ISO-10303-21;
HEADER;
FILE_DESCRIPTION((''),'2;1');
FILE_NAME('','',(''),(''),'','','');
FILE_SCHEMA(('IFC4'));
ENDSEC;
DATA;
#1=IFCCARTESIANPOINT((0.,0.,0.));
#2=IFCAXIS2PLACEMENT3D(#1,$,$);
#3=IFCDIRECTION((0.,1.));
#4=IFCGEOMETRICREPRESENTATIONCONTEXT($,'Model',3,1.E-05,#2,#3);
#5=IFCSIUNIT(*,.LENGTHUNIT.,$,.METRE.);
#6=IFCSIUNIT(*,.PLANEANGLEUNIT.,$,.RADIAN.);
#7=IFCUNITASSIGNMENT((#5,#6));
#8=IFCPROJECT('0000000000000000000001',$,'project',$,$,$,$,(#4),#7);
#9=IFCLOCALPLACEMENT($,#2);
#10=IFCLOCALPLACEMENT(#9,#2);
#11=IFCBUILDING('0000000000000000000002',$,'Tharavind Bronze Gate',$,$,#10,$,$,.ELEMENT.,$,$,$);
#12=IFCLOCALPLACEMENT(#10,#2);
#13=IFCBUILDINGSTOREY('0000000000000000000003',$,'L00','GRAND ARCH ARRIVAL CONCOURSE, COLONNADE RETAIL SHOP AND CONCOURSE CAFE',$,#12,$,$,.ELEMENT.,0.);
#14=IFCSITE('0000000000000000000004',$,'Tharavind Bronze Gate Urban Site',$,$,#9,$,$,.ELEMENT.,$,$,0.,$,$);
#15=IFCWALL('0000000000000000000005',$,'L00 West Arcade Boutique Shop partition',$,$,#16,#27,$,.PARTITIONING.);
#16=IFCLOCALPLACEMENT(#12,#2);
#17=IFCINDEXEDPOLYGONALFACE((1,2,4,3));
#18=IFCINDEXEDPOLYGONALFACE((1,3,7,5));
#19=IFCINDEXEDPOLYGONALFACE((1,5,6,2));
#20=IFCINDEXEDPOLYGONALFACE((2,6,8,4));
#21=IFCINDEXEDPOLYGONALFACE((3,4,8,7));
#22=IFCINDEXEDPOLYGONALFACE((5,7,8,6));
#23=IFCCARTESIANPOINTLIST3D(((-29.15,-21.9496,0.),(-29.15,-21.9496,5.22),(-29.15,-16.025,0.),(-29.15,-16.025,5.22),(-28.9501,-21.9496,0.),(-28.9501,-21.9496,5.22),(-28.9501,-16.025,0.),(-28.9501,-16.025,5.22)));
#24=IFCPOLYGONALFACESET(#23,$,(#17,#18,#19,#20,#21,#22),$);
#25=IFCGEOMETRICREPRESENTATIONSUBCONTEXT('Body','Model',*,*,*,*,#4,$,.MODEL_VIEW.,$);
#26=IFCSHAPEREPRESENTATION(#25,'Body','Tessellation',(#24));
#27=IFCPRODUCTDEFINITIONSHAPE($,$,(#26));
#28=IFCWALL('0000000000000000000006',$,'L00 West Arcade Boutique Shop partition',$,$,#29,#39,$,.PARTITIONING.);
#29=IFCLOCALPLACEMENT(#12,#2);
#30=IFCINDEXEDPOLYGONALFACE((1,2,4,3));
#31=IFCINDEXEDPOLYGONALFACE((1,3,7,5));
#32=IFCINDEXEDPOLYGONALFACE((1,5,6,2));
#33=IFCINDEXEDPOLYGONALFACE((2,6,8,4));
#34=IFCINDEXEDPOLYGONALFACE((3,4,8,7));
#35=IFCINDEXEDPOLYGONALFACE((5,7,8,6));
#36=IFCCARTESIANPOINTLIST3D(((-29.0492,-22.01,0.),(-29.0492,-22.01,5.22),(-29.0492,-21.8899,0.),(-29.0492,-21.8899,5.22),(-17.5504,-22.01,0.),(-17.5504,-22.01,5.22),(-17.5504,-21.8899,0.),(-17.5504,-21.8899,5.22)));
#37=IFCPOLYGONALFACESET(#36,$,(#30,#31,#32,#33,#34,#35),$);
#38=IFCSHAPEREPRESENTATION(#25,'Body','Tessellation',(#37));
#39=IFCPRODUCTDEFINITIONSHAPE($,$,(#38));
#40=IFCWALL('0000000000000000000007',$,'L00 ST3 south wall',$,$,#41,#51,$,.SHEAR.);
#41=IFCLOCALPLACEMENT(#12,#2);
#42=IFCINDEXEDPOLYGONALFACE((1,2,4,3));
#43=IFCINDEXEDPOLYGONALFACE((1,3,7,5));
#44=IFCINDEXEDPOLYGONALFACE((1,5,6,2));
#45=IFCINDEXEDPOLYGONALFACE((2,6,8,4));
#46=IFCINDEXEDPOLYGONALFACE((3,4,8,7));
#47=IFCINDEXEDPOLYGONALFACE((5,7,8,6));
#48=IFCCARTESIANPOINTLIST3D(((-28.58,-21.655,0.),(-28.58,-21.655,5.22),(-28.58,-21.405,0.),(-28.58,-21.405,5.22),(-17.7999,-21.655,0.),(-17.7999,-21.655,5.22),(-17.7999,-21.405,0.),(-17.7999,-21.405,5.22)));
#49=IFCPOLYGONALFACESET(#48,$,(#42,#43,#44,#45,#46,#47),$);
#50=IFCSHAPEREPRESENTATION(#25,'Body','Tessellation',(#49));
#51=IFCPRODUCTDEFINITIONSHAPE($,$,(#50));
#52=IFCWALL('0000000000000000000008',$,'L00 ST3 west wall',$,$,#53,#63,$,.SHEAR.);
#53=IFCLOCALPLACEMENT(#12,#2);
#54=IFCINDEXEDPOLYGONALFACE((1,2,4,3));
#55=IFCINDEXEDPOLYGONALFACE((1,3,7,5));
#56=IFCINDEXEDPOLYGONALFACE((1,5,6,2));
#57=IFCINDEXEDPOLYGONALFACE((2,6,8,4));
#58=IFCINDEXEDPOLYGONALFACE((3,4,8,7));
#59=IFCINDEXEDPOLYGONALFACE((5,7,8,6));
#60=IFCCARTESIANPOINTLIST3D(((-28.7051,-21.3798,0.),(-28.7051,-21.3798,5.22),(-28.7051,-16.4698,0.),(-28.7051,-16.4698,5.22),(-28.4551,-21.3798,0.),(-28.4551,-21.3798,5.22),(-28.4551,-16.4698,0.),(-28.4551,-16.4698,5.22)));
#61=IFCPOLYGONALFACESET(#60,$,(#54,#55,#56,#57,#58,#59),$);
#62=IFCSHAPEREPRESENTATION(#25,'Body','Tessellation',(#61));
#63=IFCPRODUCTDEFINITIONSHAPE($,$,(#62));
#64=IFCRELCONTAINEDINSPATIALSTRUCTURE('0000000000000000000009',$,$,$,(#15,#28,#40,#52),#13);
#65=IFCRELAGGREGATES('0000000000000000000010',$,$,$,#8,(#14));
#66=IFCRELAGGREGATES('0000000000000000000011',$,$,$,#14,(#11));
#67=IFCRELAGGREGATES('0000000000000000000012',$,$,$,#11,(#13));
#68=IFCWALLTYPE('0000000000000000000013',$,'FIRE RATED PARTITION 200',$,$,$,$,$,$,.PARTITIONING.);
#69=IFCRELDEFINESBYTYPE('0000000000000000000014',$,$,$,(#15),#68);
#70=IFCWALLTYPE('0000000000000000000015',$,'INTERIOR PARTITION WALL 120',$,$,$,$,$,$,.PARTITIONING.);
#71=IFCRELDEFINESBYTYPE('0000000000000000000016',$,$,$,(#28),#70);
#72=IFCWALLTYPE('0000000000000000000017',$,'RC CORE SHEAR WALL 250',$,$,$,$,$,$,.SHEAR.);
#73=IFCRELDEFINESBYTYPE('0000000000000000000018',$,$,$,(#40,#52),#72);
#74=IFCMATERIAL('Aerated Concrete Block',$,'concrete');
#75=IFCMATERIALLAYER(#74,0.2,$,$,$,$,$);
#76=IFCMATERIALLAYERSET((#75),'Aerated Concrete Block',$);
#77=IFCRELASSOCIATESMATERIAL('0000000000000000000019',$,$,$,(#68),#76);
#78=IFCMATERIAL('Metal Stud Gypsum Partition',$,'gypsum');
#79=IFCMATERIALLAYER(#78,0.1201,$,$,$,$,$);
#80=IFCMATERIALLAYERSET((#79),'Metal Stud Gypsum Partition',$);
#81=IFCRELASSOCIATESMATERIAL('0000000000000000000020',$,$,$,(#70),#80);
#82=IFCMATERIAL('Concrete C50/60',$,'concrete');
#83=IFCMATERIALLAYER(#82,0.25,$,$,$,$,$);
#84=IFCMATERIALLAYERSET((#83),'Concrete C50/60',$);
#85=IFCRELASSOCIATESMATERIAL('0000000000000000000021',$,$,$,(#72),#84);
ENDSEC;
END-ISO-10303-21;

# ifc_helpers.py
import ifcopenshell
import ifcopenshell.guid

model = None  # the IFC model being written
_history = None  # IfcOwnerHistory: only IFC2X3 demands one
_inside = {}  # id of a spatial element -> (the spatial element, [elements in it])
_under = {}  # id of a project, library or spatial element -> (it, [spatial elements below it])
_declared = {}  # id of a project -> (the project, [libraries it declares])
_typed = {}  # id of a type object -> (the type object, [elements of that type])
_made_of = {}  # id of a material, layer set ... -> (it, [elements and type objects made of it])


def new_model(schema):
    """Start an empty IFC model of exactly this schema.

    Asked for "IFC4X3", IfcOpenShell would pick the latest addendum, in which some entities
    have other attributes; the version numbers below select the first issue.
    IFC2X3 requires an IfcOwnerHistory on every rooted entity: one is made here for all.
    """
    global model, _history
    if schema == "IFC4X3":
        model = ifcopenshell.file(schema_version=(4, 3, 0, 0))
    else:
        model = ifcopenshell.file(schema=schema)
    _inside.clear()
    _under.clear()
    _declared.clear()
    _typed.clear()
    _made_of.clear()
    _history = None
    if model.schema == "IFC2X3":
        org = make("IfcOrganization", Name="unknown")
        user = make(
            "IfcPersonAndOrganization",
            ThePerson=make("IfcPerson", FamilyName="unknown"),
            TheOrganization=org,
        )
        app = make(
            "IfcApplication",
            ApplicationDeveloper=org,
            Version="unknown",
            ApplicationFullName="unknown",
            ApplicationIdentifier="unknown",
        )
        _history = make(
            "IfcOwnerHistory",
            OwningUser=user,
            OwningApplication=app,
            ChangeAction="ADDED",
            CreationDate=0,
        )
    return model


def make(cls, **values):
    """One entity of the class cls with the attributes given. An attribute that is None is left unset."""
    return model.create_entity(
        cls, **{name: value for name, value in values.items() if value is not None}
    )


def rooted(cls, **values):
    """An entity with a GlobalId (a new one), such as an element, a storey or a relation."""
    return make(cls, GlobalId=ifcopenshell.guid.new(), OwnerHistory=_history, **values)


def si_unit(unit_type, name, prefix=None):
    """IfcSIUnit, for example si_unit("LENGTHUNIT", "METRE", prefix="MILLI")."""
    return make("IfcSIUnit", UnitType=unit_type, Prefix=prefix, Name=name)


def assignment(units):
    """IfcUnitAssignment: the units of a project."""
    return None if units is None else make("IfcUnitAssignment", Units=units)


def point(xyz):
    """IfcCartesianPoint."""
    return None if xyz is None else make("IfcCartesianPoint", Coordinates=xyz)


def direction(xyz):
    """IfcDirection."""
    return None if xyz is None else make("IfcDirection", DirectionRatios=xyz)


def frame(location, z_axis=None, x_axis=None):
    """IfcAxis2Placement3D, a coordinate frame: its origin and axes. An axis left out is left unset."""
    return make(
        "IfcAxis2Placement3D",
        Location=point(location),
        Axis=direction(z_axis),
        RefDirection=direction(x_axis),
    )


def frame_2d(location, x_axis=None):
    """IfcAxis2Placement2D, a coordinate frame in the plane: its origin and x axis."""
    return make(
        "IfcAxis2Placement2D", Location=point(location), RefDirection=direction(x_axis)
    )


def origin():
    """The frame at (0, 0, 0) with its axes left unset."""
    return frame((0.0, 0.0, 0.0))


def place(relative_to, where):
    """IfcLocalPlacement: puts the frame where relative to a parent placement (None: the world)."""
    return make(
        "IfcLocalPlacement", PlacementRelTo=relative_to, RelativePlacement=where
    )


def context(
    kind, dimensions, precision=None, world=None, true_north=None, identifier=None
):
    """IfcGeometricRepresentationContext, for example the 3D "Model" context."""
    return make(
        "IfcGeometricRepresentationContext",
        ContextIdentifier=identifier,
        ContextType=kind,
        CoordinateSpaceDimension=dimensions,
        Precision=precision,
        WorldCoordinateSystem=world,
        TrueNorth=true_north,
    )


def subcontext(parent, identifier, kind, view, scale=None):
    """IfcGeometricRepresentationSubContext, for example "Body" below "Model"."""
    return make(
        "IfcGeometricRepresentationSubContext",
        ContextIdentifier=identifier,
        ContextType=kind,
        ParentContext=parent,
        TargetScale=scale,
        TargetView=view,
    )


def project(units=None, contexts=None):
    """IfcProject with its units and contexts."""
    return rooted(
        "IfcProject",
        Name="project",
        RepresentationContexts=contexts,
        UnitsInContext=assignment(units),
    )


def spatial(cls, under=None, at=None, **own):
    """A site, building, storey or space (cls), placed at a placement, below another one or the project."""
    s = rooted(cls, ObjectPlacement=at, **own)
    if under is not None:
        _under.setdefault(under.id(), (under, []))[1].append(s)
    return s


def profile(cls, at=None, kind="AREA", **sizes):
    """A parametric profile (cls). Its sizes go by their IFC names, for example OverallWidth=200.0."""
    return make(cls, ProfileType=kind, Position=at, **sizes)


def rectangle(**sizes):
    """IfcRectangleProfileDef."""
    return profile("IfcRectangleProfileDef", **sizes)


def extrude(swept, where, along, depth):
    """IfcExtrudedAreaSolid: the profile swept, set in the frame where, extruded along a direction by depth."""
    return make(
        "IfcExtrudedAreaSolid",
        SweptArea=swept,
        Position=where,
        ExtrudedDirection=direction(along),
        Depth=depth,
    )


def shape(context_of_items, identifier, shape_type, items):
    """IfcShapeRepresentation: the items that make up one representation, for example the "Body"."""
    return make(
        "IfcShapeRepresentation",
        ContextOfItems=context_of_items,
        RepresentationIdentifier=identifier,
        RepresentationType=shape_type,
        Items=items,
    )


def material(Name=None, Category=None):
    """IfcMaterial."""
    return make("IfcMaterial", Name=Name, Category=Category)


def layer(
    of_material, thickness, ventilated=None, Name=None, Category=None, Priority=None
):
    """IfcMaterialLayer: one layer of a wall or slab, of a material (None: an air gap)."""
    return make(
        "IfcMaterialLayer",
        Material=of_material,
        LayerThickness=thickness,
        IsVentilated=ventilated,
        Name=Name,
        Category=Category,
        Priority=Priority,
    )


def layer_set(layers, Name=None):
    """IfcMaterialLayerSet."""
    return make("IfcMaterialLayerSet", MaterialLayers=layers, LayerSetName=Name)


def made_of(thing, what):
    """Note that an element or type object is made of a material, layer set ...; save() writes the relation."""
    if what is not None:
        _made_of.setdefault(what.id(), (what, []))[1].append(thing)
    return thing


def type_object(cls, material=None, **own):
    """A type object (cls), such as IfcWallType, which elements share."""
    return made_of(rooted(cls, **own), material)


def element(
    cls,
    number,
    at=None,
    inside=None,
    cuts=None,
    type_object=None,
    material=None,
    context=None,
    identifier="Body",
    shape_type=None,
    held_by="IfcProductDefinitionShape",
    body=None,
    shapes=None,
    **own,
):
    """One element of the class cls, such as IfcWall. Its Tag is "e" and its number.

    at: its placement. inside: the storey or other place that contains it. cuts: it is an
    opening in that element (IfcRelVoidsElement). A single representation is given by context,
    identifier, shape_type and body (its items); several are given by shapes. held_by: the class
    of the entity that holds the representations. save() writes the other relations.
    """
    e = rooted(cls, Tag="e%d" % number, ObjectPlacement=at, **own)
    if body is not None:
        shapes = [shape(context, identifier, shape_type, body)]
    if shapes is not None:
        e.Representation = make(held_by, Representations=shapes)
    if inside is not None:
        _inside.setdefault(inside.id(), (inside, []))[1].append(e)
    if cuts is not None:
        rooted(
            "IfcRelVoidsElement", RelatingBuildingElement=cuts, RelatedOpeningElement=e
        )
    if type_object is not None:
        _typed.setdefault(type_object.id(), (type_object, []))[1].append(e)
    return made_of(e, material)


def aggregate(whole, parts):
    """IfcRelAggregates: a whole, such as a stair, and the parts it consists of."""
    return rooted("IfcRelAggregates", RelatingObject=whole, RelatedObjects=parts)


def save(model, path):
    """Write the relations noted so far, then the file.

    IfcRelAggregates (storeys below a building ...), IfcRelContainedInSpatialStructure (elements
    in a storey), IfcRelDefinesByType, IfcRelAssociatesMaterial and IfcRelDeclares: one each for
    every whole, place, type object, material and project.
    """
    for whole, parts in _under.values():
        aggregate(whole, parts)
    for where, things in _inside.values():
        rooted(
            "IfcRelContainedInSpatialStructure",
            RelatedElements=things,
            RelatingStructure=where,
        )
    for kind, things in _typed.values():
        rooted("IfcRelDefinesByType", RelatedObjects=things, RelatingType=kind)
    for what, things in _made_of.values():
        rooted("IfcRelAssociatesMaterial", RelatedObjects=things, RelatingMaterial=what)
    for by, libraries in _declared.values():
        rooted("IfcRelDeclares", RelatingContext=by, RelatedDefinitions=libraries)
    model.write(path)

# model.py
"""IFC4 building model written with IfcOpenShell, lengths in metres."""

from ifc_helpers import new_model, si_unit, direction, frame, frame_2d, origin, place, context, subcontext, project, spatial, rectangle, extrude, material, layer, layer_set, type_object, element, save


model = new_model("IFC4")

# Units and contexts
model_context = context("Model", 3, precision=1e-05, world=origin(), true_north=direction((0.0, 1.0)))
body_context = subcontext(model_context, "Body", "Model", "MODEL_VIEW")
ifc_project = project(units=[si_unit("LENGTHUNIT", "METRE"), si_unit("PLANEANGLEUNIT", "RADIAN")], contexts=[model_context])

# Site, building, storey
site_placement = place(None, origin())
site = spatial("IfcSite", under=ifc_project, at=site_placement, Name="Tharavind Bronze Gate Urban Site", CompositionType="ELEMENT", RefElevation=0.0)
building_placement = place(site_placement, origin())
building = spatial("IfcBuilding", under=site, at=building_placement, Name="Tharavind Bronze Gate", CompositionType="ELEMENT")
storey_placement = place(building_placement, origin())
storey = spatial("IfcBuildingStorey", under=building, at=storey_placement, Name="L00", Description="GRAND ARCH ARRIVAL CONCOURSE, COLONNADE RETAIL SHOP AND CONCOURSE CAFE", CompositionType="ELEMENT", Elevation=0.0)

# Shared definitions
ifc_material_1 = material(Name="Concrete C50/60", Category="concrete")
ifc_material_2 = material(Name="Aerated Concrete Block", Category="concrete")
ifc_layer_1 = layer(ifc_material_2, 0.2)
ifc_layer_set_1 = layer_set([ifc_layer_1], Name="Aerated Concrete Block")
wall_type_1 = type_object("IfcWallType", Name="FIRE RATED PARTITION 200", PredefinedType="PARTITIONING", material=ifc_layer_set_1)

# Walls
wall_1_placement = place(storey_placement, frame((-29.05, -16.0249, 0.0), z_axis=(0.0, 0.0, 1.0), x_axis=(0.0, -1.0, 0.0)))
element("IfcWall", 1, at=wall_1_placement, inside=storey, type_object=wall_type_1, Name="L00 West Arcade Boutique Shop partition", PredefinedType="PARTITIONING", context=body_context, shape_type="SweptSolid", body=[
    extrude(rectangle(XDim=5.9246, YDim=0.2, at=frame_2d((2.9624, 0.0))), origin(), (0.0, 0.0, 1.0), 5.22),
])
ifc_material_3 = material(Name="Metal Stud Gypsum Partition", Category="gypsum")
ifc_layer_2 = layer(ifc_material_3, 0.1201)
ifc_layer_set_2 = layer_set([ifc_layer_2], Name="Metal Stud Gypsum Partition")
wall_type_2 = type_object("IfcWallType", Name="INTERIOR PARTITION WALL 120", PredefinedType="PARTITIONING", material=ifc_layer_set_2)
wall_2_placement = place(storey_placement, frame((-29.0493, -21.95, 0.0), z_axis=(0.0, 0.0, 1.0), x_axis=(1.0, 0.0, 0.0)))
element("IfcWall", 2, at=wall_2_placement, inside=storey, type_object=wall_type_2, Name="L00 West Arcade Boutique Shop partition", PredefinedType="PARTITIONING", context=body_context, shape_type="SweptSolid", body=[
    extrude(rectangle(XDim=11.4988, YDim=0.1201, at=frame_2d((5.7495, 0.0))), origin(), (0.0, 0.0, 1.0), 5.22),
])
ifc_layer_3 = layer(ifc_material_1, 0.25)
ifc_layer_set_3 = layer_set([ifc_layer_3], Name="Concrete C50/60")
wall_type_3 = type_object("IfcWallType", Name="RC CORE SHEAR WALL 250", PredefinedType="SHEAR", material=ifc_layer_set_3)
wall_3_placement = place(storey_placement, frame((-28.5801, -21.53, 0.0), z_axis=(0.0, 0.0, 1.0), x_axis=(1.0, 0.0, 0.0)))
element("IfcWall", 3, at=wall_3_placement, inside=storey, type_object=wall_type_3, Name="L00 ST3 south wall", PredefinedType="SHEAR", context=body_context, shape_type="SweptSolid", body=[
    extrude(rectangle(XDim=10.78, YDim=0.25, at=frame_2d((5.3901, 0.0))), origin(), (0.0, 0.0, 1.0), 5.22),
])
wall_4_placement = place(storey_placement, frame((-28.5801, -21.3799, 0.0), z_axis=(0.0, 0.0, 1.0), x_axis=(0.0, 1.0, 0.0)))
element("IfcWall", 4, at=wall_4_placement, inside=storey, type_object=wall_type_3, Name="L00 ST3 west wall", PredefinedType="SHEAR", context=body_context, shape_type="SweptSolid", body=[
    extrude(rectangle(XDim=4.9099, YDim=0.25, at=frame_2d((2.4551, 0.0))), origin(), (0.0, 0.0, 1.0), 5.22),
])

save(model, "model.ifc")
